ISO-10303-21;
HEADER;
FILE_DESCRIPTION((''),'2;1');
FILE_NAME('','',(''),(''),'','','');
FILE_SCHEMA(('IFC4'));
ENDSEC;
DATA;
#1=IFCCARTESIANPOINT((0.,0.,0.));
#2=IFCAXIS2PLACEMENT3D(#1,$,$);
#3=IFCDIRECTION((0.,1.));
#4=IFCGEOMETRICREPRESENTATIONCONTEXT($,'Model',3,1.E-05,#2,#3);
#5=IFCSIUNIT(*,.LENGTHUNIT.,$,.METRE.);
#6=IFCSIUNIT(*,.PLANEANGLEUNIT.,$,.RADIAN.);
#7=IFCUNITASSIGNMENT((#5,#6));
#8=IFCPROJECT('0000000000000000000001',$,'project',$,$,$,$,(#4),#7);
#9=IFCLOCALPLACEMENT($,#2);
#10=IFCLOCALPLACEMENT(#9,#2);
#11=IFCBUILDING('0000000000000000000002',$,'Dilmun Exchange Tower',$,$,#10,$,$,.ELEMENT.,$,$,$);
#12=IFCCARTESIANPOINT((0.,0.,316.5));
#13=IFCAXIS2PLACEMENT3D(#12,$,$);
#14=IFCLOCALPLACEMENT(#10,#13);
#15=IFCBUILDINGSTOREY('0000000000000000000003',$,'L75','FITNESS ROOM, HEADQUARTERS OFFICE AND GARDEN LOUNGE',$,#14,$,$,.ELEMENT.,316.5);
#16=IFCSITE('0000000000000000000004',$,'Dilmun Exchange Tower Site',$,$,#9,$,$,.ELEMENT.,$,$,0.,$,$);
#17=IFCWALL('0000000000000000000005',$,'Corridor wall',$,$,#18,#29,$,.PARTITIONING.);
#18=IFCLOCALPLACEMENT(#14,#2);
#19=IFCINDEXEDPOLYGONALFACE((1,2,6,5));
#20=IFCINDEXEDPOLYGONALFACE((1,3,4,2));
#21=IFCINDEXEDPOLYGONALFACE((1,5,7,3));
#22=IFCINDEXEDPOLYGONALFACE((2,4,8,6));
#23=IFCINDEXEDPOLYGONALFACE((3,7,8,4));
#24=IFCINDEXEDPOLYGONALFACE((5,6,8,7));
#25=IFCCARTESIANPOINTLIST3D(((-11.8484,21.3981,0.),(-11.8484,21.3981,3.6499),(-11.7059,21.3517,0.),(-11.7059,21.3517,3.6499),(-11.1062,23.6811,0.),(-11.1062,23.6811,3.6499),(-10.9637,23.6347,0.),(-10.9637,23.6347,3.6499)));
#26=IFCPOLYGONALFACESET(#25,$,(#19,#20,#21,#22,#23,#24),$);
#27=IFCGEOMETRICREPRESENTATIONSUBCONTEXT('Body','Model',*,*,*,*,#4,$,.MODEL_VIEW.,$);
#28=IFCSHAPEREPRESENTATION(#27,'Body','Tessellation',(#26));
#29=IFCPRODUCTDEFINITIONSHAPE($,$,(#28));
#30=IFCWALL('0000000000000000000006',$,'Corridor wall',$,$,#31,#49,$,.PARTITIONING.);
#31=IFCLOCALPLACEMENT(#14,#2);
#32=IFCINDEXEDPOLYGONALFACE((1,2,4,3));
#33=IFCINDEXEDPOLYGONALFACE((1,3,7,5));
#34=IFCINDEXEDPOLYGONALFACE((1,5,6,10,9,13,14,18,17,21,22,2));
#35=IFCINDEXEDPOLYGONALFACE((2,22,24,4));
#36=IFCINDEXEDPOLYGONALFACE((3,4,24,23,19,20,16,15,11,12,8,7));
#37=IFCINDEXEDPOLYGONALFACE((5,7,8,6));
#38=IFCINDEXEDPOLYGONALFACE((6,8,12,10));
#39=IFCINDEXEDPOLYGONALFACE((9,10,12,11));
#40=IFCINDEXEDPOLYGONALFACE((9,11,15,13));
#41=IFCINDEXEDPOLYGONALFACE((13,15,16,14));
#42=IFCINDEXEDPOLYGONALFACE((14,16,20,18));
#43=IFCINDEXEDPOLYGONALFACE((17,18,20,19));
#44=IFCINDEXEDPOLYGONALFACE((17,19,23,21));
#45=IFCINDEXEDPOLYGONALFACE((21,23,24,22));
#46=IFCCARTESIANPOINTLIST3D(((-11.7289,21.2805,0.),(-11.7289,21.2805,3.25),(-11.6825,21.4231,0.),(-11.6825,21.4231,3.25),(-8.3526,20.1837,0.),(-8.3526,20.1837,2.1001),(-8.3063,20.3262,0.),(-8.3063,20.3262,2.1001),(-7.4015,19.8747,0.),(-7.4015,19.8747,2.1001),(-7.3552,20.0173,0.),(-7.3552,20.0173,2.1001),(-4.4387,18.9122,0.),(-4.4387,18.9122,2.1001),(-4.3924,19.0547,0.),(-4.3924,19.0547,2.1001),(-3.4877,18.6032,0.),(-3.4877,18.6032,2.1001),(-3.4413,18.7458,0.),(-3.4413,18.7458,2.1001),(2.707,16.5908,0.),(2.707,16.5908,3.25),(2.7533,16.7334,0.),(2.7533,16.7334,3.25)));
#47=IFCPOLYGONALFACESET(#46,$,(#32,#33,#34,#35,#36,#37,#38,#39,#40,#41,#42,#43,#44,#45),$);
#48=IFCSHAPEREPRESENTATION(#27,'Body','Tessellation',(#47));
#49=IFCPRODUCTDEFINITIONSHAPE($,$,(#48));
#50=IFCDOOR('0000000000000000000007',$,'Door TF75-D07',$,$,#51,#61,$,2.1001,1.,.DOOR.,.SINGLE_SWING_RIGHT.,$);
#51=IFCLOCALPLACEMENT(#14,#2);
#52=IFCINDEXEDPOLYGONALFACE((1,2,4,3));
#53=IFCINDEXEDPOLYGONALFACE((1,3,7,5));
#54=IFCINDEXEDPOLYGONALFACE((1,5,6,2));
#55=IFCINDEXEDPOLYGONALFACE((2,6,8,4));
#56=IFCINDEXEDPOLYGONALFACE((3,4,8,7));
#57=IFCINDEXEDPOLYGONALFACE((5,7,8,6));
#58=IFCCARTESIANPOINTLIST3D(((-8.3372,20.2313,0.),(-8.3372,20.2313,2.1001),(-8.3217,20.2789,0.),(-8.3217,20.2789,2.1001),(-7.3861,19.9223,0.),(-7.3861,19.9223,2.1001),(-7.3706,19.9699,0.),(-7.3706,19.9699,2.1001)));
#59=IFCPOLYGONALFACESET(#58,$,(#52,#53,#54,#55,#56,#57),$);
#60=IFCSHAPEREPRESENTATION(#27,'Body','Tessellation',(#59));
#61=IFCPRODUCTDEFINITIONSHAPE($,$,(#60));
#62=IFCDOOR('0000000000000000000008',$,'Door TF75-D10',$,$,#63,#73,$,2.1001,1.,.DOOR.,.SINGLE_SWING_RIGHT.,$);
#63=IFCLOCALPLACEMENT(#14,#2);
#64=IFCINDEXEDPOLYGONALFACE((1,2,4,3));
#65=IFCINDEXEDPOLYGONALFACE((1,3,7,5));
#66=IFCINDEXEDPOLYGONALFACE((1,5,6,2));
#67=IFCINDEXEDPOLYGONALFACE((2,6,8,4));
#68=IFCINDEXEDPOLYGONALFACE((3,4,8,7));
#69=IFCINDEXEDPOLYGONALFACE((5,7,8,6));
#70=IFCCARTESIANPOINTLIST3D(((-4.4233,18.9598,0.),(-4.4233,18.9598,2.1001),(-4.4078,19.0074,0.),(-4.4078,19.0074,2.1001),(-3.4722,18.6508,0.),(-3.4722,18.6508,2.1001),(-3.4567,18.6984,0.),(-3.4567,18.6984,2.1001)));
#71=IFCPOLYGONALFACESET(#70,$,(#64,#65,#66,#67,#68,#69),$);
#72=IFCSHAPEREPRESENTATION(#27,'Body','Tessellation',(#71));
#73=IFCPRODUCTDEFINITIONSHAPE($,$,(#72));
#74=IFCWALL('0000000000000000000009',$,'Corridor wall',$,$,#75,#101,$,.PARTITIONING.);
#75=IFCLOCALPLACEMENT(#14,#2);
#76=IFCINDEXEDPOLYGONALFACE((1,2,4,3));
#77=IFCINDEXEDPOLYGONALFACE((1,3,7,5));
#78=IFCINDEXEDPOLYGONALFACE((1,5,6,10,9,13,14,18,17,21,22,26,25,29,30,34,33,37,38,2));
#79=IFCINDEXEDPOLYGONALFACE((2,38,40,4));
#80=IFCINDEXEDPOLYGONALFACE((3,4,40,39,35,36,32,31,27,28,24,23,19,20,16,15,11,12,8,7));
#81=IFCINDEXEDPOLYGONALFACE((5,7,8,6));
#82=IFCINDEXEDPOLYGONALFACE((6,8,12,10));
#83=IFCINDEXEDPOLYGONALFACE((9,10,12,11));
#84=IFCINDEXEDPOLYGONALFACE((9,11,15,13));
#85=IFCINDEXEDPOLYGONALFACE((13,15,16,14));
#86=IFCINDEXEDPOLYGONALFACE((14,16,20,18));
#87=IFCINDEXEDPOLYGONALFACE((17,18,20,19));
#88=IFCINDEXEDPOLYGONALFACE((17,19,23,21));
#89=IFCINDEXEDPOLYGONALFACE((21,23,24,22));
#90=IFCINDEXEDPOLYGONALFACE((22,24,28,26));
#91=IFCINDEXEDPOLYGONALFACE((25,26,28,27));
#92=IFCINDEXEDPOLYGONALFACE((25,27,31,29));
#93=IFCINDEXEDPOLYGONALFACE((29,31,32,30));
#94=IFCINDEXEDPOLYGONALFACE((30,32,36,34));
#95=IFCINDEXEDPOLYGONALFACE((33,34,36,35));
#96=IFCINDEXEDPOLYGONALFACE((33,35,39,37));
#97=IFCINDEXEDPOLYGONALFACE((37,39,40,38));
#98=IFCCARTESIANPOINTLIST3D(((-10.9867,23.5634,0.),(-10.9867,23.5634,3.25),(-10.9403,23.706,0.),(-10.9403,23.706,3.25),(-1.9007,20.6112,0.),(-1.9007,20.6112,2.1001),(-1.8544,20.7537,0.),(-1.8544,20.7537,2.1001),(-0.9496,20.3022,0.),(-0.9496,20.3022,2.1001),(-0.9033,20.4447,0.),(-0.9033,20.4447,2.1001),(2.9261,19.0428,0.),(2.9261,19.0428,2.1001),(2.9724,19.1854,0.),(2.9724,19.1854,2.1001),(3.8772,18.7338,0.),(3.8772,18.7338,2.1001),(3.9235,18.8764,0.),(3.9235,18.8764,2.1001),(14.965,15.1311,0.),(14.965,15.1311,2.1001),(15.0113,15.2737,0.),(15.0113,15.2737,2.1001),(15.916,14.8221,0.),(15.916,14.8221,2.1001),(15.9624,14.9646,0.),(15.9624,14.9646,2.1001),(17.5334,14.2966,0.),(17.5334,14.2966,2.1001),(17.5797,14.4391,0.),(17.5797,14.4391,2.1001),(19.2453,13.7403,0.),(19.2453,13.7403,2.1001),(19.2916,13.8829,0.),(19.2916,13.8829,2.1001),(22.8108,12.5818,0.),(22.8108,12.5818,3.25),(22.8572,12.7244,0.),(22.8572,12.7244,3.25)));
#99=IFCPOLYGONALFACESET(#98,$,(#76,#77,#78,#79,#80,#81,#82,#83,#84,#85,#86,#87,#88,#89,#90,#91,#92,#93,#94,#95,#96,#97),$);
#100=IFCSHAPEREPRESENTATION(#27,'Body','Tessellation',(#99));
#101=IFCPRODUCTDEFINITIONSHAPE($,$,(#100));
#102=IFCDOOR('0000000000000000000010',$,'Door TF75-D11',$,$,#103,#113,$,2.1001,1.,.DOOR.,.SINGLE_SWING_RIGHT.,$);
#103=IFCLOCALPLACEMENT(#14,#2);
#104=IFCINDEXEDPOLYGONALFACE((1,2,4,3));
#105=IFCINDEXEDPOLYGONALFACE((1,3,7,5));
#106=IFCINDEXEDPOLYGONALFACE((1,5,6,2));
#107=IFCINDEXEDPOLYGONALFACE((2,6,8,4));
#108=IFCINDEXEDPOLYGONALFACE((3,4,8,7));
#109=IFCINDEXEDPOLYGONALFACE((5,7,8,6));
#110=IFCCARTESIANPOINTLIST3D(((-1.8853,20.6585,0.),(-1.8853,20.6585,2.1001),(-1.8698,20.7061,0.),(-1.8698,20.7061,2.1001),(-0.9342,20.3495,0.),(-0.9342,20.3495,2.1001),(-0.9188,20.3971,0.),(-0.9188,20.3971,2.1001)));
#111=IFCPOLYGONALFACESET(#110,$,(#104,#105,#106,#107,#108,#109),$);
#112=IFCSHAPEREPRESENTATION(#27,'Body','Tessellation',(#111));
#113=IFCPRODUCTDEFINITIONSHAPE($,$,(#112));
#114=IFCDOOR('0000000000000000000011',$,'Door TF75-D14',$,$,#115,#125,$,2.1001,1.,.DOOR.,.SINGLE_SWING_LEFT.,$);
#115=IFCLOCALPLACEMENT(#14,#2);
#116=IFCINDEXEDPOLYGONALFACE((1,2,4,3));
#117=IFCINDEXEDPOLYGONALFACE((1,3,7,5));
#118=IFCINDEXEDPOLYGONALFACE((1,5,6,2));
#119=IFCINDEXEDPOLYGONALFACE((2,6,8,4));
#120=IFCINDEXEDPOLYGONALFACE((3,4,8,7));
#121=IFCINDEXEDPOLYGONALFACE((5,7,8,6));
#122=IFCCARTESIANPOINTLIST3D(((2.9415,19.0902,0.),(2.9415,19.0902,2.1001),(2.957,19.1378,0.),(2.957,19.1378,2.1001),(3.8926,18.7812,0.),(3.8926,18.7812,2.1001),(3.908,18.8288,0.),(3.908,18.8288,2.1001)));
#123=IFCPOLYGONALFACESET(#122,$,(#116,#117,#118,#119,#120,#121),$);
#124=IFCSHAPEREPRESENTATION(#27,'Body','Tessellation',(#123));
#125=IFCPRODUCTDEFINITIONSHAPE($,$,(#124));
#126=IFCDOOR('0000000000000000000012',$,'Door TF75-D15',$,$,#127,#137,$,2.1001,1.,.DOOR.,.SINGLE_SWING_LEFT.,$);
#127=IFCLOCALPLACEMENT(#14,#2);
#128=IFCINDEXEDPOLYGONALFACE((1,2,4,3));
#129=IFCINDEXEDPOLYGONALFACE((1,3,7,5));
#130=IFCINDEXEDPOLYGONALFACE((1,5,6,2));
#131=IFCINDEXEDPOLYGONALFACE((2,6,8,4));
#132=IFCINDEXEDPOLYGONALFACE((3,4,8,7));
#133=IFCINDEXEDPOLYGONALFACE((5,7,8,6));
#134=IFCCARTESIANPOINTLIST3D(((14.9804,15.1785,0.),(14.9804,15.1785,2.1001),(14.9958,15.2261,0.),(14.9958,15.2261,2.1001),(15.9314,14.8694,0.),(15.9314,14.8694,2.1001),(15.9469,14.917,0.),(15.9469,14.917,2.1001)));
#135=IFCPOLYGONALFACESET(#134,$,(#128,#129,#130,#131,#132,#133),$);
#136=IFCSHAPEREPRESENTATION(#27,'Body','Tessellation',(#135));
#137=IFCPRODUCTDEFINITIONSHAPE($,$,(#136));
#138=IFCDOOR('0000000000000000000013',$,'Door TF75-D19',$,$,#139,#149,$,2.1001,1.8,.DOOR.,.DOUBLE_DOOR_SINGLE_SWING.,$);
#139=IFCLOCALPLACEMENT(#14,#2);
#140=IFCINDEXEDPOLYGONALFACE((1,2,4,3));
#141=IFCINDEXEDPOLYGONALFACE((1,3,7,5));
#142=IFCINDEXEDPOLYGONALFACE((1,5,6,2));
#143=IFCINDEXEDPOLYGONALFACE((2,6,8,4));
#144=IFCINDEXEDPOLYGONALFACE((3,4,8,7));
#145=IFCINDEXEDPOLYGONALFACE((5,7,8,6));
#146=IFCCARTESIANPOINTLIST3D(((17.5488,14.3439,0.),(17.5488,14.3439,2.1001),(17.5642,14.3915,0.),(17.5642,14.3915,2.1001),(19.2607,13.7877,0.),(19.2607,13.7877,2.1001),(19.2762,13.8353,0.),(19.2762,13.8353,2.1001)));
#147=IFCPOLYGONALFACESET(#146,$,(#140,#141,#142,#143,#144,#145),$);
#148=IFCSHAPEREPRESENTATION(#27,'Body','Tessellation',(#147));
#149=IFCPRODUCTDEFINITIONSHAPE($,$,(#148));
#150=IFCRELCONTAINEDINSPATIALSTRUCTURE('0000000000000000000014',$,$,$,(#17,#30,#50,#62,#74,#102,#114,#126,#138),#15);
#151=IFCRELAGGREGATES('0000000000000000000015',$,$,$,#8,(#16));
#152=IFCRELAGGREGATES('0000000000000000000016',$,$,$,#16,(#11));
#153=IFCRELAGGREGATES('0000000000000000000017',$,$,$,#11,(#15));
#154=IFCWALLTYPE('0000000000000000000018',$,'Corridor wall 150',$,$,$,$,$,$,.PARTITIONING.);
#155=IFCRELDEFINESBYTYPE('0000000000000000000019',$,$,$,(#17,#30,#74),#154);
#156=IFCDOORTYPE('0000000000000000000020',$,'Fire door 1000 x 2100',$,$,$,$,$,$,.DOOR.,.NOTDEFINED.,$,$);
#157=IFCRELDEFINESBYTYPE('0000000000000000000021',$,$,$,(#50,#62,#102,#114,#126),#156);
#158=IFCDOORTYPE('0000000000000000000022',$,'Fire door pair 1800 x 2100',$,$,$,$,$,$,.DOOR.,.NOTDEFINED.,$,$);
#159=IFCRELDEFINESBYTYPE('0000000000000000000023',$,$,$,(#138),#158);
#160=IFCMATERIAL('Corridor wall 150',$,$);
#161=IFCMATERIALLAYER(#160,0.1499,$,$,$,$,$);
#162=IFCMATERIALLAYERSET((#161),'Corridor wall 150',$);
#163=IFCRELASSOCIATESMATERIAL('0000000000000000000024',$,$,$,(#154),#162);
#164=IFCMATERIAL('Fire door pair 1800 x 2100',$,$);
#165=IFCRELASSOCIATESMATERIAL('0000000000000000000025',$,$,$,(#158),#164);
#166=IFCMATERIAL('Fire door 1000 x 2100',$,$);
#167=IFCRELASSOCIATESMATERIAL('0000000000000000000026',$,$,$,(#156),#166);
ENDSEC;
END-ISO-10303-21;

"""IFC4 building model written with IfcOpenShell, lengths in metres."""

from ifc_helpers import new_model, si_unit, direction, frame, frame_2d, origin, place, context, subcontext, project, spatial, rectangle, extrude, material, layer, layer_set, type_object, element, fill, save


model = new_model("IFC4")

# Units and contexts
model_context = context("Model", 3, precision=1e-05, world=origin(), true_north=direction((0.0, 1.0)))
body_context = subcontext(model_context, "Body", "Model", "MODEL_VIEW")
ifc_project = project(units=[si_unit("LENGTHUNIT", "METRE"), si_unit("PLANEANGLEUNIT", "RADIAN")], contexts=[model_context])

# Site, building, storey
site_placement = place(None, origin())
site = spatial("IfcSite", under=ifc_project, at=site_placement, Name="Dilmun Exchange Tower Site", CompositionType="ELEMENT", RefElevation=0.0)
building_placement = place(site_placement, origin())
building = spatial("IfcBuilding", under=site, at=building_placement, Name="Dilmun Exchange Tower", CompositionType="ELEMENT")
storey_placement = place(building_placement, frame((0.0, 0.0, 316.5)))
storey = spatial("IfcBuildingStorey", under=building, at=storey_placement, Name="L75", Description="FITNESS ROOM, HEADQUARTERS OFFICE AND GARDEN LOUNGE", CompositionType="ELEMENT", Elevation=316.5)

# Shared definitions
ifc_material_1 = material(Name="Corridor wall 150")
ifc_layer = layer(ifc_material_1, 0.1499)
ifc_layer_set = layer_set([ifc_layer], Name="Corridor wall 150")
wall_type = type_object("IfcWallType", Name="Corridor wall 150", PredefinedType="PARTITIONING", material=ifc_layer_set)

# Shared definitions
ifc_material_2 = material(Name="Fire door pair 1800 x 2100")
door_type_1 = type_object("IfcDoorType", Name="Fire door pair 1800 x 2100", OperationType="NOTDEFINED", PredefinedType="DOOR", material=ifc_material_2)

# Wall
wall_1_placement = place(storey_placement, frame((-11.7771, 21.375, 0.0), z_axis=(0.0, 0.0, 1.0), x_axis=(0.309171, 0.951006, 0.0)))
element("IfcWall", 1, at=wall_1_placement, inside=storey, type_object=wall_type, Name="Corridor wall", PredefinedType="PARTITIONING", context=body_context, shape_type="SweptSolid", body=[
    extrude(rectangle(XDim=2.4006, YDim=0.1499, at=frame_2d((1.2002, 0.0))), origin(), (0.0, 0.0, 1.0), 3.6499),
])

# Walls, openings, doors
wall_2_placement = place(storey_placement, frame((-11.7058, 21.3518, 0.0), z_axis=(0.0, 0.0, 1.0), x_axis=(0.951072, -0.308971, 0.0)))
wall_2 = element("IfcWall", 2, at=wall_2_placement, inside=storey, type_object=wall_type, Name="Corridor wall", PredefinedType="PARTITIONING", context=body_context, shape_type="SweptSolid", body=[
    extrude(rectangle(XDim=15.1785, YDim=0.1499, at=frame_2d((7.5894, 0.0))), origin(), (0.0, 0.0, 1.0), 3.25),
])
opening_1_placement = place(wall_2_placement, frame((3.55, 0.0, 0.0)))
opening_1 = element("IfcOpeningElement", 3, at=opening_1_placement, cuts=wall_2, PredefinedType="OPENING", context=body_context, shape_type="SweptSolid", body=[
    extrude(rectangle(XDim=1.0, YDim=2.1001, at=frame_2d((0.5, 1.05))), frame((0.0, 0.085, 0.0), z_axis=(0.0, -1.0, 0.0), x_axis=(1.0, 0.0, 0.0)), (0.0, 0.0, 1.0), 0.1699),
])
opening_2_placement = place(wall_2_placement, frame((7.6653, 0.0, 0.0)))
opening_2 = element("IfcOpeningElement", 4, at=opening_2_placement, cuts=wall_2, PredefinedType="OPENING", context=body_context, shape_type="SweptSolid", body=[
    extrude(rectangle(XDim=1.0, YDim=2.1001, at=frame_2d((0.5, 1.05))), frame((0.0, 0.085, 0.0), z_axis=(0.0, -1.0, 0.0), x_axis=(1.0, 0.0, 0.0)), (0.0, 0.0, 1.0), 0.1699),
])
ifc_material_3 = material(Name="Fire door 1000 x 2100")
door_type_2 = type_object("IfcDoorType", Name="Fire door 1000 x 2100", OperationType="NOTDEFINED", PredefinedType="DOOR", material=ifc_material_3)
door_1_placement = place(opening_1_placement, frame((1.0, 0.0, 0.0), z_axis=(0.0, 0.0, 1.0), x_axis=(-1.0, 0.0, 0.0)))
door_1 = element("IfcDoor", 5, at=door_1_placement, inside=storey, type_object=door_type_2, Name="Door TF75-D07", OperationType="SINGLE_SWING_RIGHT", OverallHeight=2.1001, OverallWidth=1.0, PredefinedType="DOOR", context=body_context, shape_type="SweptSolid", body=[
    extrude(rectangle(XDim=1.0, YDim=2.1001, at=frame_2d((0.5, 1.05))), frame((0.0, 0.0249, 0.0), z_axis=(0.0, -1.0, 0.0), x_axis=(1.0, 0.0, 0.0)), (0.0, 0.0, 1.0), 0.05),
])
fill(opening_1, door_1)
door_2_placement = place(opening_2_placement, frame((1.0, 0.0, 0.0), z_axis=(0.0, 0.0, 1.0), x_axis=(-1.0, 0.0, 0.0)))
door_2 = element("IfcDoor", 6, at=door_2_placement, inside=storey, type_object=door_type_2, Name="Door TF75-D10", OperationType="SINGLE_SWING_RIGHT", OverallHeight=2.1001, OverallWidth=1.0, PredefinedType="DOOR", context=body_context, shape_type="SweptSolid", body=[
    extrude(rectangle(XDim=1.0, YDim=2.1001, at=frame_2d((0.5, 1.05))), frame((0.0, 0.0249, 0.0), z_axis=(0.0, -1.0, 0.0), x_axis=(1.0, 0.0, 0.0)), (0.0, 0.0, 1.0), 0.05),
])
fill(opening_2, door_2)
wall_3_placement = place(storey_placement, frame((-10.9636, 23.6348, 0.0), z_axis=(0.0, 0.0, 1.0), x_axis=(0.951055, -0.309022, 0.0)))
wall_3 = element("IfcWall", 7, at=wall_3_placement, inside=storey, type_object=wall_type, Name="Corridor wall", PredefinedType="PARTITIONING", context=body_context, shape_type="SweptSolid", body=[
    extrude(rectangle(XDim=35.5369, YDim=0.1499, at=frame_2d((17.7686, 0.0))), origin(), (0.0, 0.0, 1.0), 3.25),
])
opening_3_placement = place(wall_3_placement, frame((9.5537, 0.0, 0.0)))
opening_3 = element("IfcOpeningElement", 8, at=opening_3_placement, cuts=wall_3, PredefinedType="OPENING", context=body_context, shape_type="SweptSolid", body=[
    extrude(rectangle(XDim=1.0, YDim=2.1001, at=frame_2d((0.5, 1.05))), frame((0.0, 0.085, 0.0), z_axis=(0.0, -1.0, 0.0), x_axis=(1.0, 0.0, 0.0)), (0.0, 0.0, 1.0), 0.1699),
])
opening_4_placement = place(wall_3_placement, frame((14.6289, 0.0, 0.0)))
opening_4 = element("IfcOpeningElement", 9, at=opening_4_placement, cuts=wall_3, PredefinedType="OPENING", context=body_context, shape_type="SweptSolid", body=[
    extrude(rectangle(XDim=1.0, YDim=2.1001, at=frame_2d((0.5, 1.05))), frame((0.0, 0.085, 0.0), z_axis=(0.0, -1.0, 0.0), x_axis=(1.0, 0.0, 0.0)), (0.0, 0.0, 1.0), 0.1699),
])
opening_5_placement = place(wall_3_placement, frame((27.2874, 0.0, 0.0)))
opening_5 = element("IfcOpeningElement", 10, at=opening_5_placement, cuts=wall_3, PredefinedType="OPENING", context=body_context, shape_type="SweptSolid", body=[
    extrude(rectangle(XDim=1.0, YDim=2.1001, at=frame_2d((0.5, 1.05))), frame((0.0, 0.085, 0.0), z_axis=(0.0, -1.0, 0.0), x_axis=(1.0, 0.0, 0.0)), (0.0, 0.0, 1.0), 0.1699),
])
opening_6_placement = place(wall_3_placement, frame((29.988, 0.0, 0.0)))
opening_6 = element("IfcOpeningElement", 11, at=opening_6_placement, cuts=wall_3, PredefinedType="OPENING", context=body_context, shape_type="SweptSolid", body=[
    extrude(rectangle(XDim=1.8, YDim=2.1001, at=frame_2d((0.8999, 1.05))), frame((0.0, 0.085, 0.0), z_axis=(0.0, -1.0, 0.0), x_axis=(1.0, 0.0, 0.0)), (0.0, 0.0, 1.0), 0.1699),
])
door_3_placement = place(opening_3_placement, origin())
door_3 = element("IfcDoor", 12, at=door_3_placement, inside=storey, type_object=door_type_2, Name="Door TF75-D11", OperationType="SINGLE_SWING_RIGHT", OverallHeight=2.1001, OverallWidth=1.0, PredefinedType="DOOR", context=body_context, shape_type="SweptSolid", body=[
    extrude(rectangle(XDim=1.0, YDim=2.1001, at=frame_2d((0.5, 1.05))), frame((0.0, 0.0249, 0.0), z_axis=(0.0, -1.0, 0.0), x_axis=(1.0, 0.0, 0.0)), (0.0, 0.0, 1.0), 0.05),
])
fill(opening_3, door_3)
door_4_placement = place(opening_4_placement, origin())
door_4 = element("IfcDoor", 13, at=door_4_placement, inside=storey, type_object=door_type_2, Name="Door TF75-D14", OperationType="SINGLE_SWING_LEFT", OverallHeight=2.1001, OverallWidth=1.0, PredefinedType="DOOR", context=body_context, shape_type="SweptSolid", body=[
    extrude(rectangle(XDim=1.0, YDim=2.1001, at=frame_2d((0.5, 1.05))), frame((0.0, 0.0249, 0.0), z_axis=(0.0, -1.0, 0.0), x_axis=(1.0, 0.0, 0.0)), (0.0, 0.0, 1.0), 0.05),
])
fill(opening_4, door_4)
door_5_placement = place(opening_5_placement, origin())
door_5 = element("IfcDoor", 14, at=door_5_placement, inside=storey, type_object=door_type_2, Name="Door TF75-D15", OperationType="SINGLE_SWING_LEFT", OverallHeight=2.1001, OverallWidth=1.0, PredefinedType="DOOR", context=body_context, shape_type="SweptSolid", body=[
    extrude(rectangle(XDim=1.0, YDim=2.1001, at=frame_2d((0.5, 1.05))), frame((0.0, 0.0249, 0.0), z_axis=(0.0, -1.0, 0.0), x_axis=(1.0, 0.0, 0.0)), (0.0, 0.0, 1.0), 0.05),
])
fill(opening_5, door_5)
door_6_placement = place(opening_6_placement, origin())
door_6 = element("IfcDoor", 15, at=door_6_placement, inside=storey, type_object=door_type_1, Name="Door TF75-D19", OperationType="DOUBLE_DOOR_SINGLE_SWING", OverallHeight=2.1001, OverallWidth=1.8, PredefinedType="DOOR", context=body_context, shape_type="SweptSolid", body=[
    extrude(rectangle(XDim=1.8, YDim=2.1001, at=frame_2d((0.8999, 1.05))), frame((0.0, 0.0249, 0.0), z_axis=(0.0, -1.0, 0.0), x_axis=(1.0, 0.0, 0.0)), (0.0, 0.0, 1.0), 0.05),
])
fill(opening_6, door_6)

save(model, "model.ifc")
